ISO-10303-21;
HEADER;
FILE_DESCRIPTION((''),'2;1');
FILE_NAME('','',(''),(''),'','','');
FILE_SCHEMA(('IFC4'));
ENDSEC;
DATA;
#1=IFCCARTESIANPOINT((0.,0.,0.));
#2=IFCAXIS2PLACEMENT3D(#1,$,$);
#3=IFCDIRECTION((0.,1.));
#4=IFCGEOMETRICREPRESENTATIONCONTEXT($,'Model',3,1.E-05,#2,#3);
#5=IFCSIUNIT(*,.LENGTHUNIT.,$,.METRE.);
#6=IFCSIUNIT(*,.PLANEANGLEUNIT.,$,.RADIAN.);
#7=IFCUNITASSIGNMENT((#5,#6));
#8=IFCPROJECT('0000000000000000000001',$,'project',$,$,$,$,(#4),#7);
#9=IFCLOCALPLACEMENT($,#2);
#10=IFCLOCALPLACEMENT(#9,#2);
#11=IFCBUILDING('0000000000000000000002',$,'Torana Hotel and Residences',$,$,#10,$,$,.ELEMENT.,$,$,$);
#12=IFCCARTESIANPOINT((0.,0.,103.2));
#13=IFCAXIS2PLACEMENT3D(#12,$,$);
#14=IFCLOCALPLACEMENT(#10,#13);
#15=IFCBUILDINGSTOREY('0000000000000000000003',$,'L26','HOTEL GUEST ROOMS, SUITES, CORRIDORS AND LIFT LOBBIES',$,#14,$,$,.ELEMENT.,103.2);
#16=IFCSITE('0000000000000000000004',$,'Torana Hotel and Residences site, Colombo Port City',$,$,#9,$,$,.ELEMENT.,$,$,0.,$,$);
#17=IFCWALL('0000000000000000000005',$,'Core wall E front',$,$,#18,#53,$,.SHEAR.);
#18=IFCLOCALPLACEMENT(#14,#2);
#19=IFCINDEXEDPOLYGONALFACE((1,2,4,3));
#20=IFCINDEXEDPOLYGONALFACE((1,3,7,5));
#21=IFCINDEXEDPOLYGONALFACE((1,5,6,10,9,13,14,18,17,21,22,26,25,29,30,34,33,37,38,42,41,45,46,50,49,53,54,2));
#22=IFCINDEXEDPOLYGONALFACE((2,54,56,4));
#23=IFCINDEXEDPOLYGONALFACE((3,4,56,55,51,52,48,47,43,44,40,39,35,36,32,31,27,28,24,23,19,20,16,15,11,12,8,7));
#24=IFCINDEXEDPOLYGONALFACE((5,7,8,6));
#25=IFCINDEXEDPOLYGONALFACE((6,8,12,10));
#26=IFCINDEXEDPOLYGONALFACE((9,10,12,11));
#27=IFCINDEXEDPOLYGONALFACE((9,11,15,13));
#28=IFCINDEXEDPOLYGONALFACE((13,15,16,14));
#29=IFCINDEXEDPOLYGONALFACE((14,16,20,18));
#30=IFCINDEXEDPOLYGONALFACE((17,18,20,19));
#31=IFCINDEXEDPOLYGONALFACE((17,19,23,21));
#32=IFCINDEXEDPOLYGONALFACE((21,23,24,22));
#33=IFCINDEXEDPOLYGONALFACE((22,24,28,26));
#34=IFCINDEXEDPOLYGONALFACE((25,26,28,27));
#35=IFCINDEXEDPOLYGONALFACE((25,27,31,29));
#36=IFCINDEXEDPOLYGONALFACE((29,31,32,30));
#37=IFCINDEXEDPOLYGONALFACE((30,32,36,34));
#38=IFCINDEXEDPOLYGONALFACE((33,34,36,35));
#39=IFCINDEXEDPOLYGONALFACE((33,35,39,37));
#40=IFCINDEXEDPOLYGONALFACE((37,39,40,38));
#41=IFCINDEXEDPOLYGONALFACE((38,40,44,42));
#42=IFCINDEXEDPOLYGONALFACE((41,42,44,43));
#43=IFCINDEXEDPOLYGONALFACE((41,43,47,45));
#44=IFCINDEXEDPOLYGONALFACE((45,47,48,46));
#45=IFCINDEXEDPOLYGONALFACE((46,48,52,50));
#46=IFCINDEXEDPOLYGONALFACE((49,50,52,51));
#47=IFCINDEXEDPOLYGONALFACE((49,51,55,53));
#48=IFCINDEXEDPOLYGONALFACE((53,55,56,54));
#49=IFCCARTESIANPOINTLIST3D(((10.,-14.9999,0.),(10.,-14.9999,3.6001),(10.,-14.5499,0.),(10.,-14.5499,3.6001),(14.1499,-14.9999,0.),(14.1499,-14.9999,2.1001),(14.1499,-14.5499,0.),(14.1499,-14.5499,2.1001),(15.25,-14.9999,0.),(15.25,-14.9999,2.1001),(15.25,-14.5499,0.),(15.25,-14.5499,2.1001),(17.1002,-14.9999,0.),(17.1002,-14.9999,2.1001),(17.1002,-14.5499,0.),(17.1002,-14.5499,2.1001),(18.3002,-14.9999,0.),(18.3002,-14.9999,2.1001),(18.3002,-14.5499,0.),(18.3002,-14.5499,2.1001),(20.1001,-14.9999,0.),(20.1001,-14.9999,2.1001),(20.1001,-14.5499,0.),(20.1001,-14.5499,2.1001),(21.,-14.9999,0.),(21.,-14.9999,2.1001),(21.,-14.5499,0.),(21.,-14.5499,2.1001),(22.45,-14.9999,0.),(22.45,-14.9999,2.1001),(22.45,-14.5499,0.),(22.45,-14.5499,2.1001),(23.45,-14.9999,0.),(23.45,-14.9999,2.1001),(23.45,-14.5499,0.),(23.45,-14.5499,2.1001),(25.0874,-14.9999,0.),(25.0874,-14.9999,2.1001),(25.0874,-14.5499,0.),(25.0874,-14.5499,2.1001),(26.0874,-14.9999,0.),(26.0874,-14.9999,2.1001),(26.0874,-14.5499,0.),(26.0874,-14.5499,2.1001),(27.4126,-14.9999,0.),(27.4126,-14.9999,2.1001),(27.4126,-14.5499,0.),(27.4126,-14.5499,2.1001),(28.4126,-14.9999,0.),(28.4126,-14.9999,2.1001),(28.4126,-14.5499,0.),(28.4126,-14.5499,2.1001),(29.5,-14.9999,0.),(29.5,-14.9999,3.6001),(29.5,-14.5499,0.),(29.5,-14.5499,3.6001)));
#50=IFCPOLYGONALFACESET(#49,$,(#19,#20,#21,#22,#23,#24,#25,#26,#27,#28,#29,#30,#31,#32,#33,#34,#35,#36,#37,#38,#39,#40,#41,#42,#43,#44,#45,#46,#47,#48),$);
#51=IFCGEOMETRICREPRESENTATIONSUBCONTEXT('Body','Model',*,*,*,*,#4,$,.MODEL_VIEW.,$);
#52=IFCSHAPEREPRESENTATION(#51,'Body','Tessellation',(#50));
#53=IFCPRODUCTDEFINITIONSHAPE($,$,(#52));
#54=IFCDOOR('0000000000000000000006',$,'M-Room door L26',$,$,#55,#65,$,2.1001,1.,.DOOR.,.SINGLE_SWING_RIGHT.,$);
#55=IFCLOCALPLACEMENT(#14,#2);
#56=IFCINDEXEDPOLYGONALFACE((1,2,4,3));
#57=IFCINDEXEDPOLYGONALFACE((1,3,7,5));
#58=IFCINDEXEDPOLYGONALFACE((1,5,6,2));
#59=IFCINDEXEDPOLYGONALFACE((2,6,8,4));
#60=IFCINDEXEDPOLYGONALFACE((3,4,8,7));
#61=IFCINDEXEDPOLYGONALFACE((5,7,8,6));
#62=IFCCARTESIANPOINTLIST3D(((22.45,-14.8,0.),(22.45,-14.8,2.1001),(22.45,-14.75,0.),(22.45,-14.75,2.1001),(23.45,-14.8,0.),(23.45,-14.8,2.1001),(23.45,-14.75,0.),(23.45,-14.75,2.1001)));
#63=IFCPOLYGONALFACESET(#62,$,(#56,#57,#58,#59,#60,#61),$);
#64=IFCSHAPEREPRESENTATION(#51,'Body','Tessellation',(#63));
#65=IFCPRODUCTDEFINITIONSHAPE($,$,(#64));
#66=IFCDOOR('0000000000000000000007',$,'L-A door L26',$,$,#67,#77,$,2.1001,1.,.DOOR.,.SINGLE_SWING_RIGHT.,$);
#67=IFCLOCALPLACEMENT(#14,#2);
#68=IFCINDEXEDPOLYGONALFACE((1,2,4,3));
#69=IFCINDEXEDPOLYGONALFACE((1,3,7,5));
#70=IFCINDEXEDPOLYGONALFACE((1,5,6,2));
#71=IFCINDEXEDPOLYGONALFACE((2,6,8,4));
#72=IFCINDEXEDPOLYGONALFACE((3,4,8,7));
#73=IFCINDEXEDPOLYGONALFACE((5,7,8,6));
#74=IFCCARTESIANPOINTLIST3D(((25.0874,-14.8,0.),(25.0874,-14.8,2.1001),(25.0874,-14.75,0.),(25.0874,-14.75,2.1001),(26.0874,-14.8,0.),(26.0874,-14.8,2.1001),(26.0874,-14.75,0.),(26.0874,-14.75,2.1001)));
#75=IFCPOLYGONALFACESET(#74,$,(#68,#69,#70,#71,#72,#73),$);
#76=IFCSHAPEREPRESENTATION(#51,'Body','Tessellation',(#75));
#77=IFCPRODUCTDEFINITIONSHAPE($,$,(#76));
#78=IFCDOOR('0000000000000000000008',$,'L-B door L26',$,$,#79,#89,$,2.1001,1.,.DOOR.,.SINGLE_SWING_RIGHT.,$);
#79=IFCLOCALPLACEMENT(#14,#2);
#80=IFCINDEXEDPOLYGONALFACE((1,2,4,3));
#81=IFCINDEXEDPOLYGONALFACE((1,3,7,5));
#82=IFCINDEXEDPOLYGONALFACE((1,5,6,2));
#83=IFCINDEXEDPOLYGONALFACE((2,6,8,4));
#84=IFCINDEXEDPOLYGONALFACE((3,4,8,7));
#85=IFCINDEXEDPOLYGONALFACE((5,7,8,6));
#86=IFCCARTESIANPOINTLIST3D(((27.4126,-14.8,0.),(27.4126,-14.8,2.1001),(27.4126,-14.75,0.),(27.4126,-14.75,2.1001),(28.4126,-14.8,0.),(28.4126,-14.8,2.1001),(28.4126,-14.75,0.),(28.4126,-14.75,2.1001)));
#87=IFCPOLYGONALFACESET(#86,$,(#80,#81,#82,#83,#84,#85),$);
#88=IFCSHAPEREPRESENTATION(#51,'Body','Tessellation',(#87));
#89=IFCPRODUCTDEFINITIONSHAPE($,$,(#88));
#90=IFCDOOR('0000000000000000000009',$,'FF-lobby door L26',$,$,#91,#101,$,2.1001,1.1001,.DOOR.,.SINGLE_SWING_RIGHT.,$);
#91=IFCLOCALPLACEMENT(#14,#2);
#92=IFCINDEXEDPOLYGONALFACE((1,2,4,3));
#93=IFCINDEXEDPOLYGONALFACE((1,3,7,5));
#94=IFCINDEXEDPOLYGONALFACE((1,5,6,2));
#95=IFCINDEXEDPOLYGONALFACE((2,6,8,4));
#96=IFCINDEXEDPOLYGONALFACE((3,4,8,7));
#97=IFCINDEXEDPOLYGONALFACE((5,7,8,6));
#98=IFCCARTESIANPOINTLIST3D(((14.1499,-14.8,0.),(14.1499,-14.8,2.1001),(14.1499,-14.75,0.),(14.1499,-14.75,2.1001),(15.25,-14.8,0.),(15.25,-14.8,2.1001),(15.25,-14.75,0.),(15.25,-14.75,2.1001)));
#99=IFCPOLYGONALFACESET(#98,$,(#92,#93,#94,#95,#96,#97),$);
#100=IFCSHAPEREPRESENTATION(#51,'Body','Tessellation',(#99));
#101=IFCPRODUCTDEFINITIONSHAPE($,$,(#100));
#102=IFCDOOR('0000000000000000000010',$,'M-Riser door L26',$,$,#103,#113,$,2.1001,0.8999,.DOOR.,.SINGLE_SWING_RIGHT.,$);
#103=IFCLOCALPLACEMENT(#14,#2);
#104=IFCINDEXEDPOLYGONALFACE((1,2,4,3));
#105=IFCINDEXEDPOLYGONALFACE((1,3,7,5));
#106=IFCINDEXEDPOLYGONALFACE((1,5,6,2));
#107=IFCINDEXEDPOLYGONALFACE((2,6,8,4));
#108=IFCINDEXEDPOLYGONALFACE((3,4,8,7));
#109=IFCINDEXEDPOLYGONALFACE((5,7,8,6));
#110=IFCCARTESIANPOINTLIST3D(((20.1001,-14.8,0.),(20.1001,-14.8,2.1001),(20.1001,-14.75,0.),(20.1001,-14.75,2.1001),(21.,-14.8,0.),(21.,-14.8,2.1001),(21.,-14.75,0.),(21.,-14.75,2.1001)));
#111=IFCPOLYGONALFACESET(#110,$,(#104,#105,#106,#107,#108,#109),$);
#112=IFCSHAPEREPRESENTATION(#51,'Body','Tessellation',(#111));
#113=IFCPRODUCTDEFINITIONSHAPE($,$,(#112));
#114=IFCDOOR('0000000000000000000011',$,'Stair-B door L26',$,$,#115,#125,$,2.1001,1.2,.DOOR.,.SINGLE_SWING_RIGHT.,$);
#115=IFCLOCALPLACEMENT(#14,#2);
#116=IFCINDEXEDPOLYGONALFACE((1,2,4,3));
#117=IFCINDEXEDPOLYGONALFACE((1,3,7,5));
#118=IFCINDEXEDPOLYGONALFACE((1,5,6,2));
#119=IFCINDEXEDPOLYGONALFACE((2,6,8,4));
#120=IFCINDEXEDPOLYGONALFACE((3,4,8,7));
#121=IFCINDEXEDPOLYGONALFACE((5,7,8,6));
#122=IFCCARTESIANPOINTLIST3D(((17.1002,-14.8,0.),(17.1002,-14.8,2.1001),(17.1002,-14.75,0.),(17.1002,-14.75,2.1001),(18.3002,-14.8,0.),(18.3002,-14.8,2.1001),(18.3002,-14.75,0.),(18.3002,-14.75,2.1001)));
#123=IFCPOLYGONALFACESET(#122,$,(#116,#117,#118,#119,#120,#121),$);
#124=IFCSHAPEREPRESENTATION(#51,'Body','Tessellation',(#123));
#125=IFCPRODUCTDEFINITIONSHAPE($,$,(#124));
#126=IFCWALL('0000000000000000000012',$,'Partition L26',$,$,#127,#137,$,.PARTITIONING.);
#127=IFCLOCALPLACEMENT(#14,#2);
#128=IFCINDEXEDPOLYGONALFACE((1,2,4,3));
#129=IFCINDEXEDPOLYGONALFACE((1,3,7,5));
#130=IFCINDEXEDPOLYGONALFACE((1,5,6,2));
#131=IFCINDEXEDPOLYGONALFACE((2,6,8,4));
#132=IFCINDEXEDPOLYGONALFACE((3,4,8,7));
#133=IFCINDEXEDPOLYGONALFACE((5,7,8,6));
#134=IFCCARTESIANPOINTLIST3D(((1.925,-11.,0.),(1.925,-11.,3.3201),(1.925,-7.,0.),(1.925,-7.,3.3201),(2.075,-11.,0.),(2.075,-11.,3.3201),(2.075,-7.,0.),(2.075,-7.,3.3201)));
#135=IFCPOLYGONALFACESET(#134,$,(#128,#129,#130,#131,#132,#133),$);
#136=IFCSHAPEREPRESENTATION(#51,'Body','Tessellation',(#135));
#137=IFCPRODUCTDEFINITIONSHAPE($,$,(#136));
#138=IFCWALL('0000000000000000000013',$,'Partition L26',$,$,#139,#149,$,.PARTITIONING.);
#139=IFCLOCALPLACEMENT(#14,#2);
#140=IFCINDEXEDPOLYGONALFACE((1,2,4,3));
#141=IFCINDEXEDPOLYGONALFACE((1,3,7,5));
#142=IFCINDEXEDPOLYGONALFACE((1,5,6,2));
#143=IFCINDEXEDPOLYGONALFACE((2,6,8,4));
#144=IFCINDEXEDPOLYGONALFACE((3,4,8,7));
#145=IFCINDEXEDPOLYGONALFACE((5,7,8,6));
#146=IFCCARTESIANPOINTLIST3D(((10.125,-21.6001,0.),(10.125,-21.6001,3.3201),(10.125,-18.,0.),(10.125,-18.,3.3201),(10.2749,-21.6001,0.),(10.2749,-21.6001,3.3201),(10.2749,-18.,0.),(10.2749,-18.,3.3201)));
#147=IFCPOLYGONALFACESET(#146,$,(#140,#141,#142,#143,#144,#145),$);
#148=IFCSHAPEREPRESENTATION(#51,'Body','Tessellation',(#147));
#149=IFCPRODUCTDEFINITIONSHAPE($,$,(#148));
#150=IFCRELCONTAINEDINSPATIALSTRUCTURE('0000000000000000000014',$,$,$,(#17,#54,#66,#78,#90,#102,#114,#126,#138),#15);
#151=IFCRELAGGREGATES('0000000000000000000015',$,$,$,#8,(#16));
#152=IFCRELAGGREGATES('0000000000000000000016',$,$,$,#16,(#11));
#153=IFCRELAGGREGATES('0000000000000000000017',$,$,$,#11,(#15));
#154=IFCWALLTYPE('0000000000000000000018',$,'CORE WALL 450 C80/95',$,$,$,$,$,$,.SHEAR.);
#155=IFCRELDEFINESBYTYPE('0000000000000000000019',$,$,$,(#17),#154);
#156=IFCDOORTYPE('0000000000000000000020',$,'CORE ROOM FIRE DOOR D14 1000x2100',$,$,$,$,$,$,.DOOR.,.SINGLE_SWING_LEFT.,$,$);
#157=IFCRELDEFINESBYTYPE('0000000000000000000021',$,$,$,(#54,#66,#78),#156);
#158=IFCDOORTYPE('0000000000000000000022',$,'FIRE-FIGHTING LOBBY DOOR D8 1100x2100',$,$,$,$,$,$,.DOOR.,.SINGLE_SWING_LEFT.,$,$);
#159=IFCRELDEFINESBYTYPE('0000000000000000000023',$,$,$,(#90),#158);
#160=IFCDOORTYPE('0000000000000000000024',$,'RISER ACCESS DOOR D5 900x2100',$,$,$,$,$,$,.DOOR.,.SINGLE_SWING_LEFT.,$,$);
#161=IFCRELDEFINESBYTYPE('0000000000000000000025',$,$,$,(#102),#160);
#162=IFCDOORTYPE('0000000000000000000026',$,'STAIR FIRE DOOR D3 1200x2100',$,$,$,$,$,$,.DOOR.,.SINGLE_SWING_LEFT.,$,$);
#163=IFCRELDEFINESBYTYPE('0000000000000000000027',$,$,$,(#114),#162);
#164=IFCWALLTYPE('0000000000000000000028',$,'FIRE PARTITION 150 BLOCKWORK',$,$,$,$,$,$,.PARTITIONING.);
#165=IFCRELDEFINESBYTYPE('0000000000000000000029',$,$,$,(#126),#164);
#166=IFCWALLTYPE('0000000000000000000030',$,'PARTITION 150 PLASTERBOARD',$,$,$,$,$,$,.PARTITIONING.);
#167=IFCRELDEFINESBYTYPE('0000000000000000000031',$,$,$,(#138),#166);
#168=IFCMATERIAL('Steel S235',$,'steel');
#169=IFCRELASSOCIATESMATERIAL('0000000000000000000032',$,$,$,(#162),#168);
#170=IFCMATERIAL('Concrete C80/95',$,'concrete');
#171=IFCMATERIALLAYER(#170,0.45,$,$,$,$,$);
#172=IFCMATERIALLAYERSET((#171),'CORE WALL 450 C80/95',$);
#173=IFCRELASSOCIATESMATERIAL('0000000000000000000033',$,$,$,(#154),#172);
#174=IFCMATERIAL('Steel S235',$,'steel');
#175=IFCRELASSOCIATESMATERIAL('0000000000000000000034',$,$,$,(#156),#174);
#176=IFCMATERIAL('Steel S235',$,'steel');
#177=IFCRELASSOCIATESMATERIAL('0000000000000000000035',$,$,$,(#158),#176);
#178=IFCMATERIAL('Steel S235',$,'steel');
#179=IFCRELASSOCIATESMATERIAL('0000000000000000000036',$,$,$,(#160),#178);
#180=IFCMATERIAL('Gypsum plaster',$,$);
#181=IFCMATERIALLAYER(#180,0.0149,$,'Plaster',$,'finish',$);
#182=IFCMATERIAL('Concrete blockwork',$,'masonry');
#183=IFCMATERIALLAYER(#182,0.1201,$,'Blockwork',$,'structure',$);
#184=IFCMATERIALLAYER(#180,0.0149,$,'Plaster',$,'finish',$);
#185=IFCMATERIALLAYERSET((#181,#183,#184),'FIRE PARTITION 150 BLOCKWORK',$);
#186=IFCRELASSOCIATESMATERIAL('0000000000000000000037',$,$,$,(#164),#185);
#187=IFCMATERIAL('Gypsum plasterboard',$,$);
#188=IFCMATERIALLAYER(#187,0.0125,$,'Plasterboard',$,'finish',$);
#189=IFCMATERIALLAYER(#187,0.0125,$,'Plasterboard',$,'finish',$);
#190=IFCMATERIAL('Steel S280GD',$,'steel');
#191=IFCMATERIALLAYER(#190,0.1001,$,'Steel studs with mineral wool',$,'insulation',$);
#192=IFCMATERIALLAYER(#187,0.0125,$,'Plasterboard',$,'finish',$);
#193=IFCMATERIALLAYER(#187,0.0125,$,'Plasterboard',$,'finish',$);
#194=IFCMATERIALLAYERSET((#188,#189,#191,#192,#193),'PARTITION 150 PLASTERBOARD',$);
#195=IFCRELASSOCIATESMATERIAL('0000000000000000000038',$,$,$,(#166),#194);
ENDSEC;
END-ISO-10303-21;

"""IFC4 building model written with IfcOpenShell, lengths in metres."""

from ifc_helpers import new_model, si_unit, direction, frame, frame_2d, origin, place, context, subcontext, project, spatial, rectangle, extrude, material, layer, layer_set, type_object, element, fill, save


model = new_model("IFC4")

# Units and contexts
model_context = context("Model", 3, precision=1e-05, world=origin(), true_north=direction((0.0, 1.0)))
body_context = subcontext(model_context, "Body", "Model", "MODEL_VIEW")
ifc_project = project(units=[si_unit("LENGTHUNIT", "METRE"), si_unit("PLANEANGLEUNIT", "RADIAN")], contexts=[model_context])

# Site, building, storey
site_placement = place(None, origin())
site = spatial("IfcSite", under=ifc_project, at=site_placement, Name="Torana Hotel and Residences site, Colombo Port City", CompositionType="ELEMENT", RefElevation=0.0)
building_placement = place(site_placement, origin())
building = spatial("IfcBuilding", under=site, at=building_placement, Name="Torana Hotel and Residences", CompositionType="ELEMENT")
storey_placement = place(building_placement, frame((0.0, 0.0, 103.2)))
storey = spatial("IfcBuildingStorey", under=building, at=storey_placement, Name="L26", Description="HOTEL GUEST ROOMS, SUITES, CORRIDORS AND LIFT LOBBIES", CompositionType="ELEMENT", Elevation=103.2)

# Wall, openings, doors
ifc_material_1 = material(Name="Steel S235", Category="steel")
door_type_1 = type_object("IfcDoorType", Name="STAIR FIRE DOOR D3 1200x2100", OperationType="SINGLE_SWING_LEFT", PredefinedType="DOOR", material=ifc_material_1)
ifc_material_2 = material(Name="Concrete C80/95", Category="concrete")
ifc_layer_1 = layer(ifc_material_2, 0.45)
ifc_layer_set_1 = layer_set([ifc_layer_1], Name="CORE WALL 450 C80/95")
wall_type_1 = type_object("IfcWallType", Name="CORE WALL 450 C80/95", PredefinedType="SHEAR", material=ifc_layer_set_1)
wall_1_placement = place(storey_placement, frame((10.0, -14.7749, 0.0), z_axis=(0.0, 0.0, 1.0), x_axis=(1.0, 0.0, 0.0)))
wall_1 = element("IfcWall", 1, at=wall_1_placement, inside=storey, type_object=wall_type_1, Name="Core wall E front", PredefinedType="SHEAR", context=body_context, shape_type="SweptSolid", body=[
    extrude(rectangle(XDim=19.5, YDim=0.45, at=frame_2d((9.75, 0.0))), origin(), (0.0, 0.0, 1.0), 3.6001),
])
opening_1_placement = place(wall_1_placement, frame((7.1001, 0.0, 0.0)))
opening_1 = element("IfcOpeningElement", 2, at=opening_1_placement, cuts=wall_1, PredefinedType="OPENING", context=body_context, shape_type="SweptSolid", body=[
    extrude(rectangle(XDim=1.2, YDim=2.1001, at=frame_2d((0.6001, 1.05))), frame((0.0, 0.2349, 0.0), z_axis=(0.0, -1.0, 0.0), x_axis=(1.0, 0.0, 0.0)), (0.0, 0.0, 1.0), 0.47),
])
opening_2_placement = place(wall_1_placement, frame((4.1499, 0.0, 0.0)))
opening_2 = element("IfcOpeningElement", 3, at=opening_2_placement, cuts=wall_1, PredefinedType="OPENING", context=body_context, shape_type="SweptSolid", body=[
    extrude(rectangle(XDim=1.1001, YDim=2.1001, at=frame_2d((0.55, 1.05))), frame((0.0, 0.2349, 0.0), z_axis=(0.0, -1.0, 0.0), x_axis=(1.0, 0.0, 0.0)), (0.0, 0.0, 1.0), 0.47),
])
opening_3_placement = place(wall_1_placement, frame((10.1001, 0.0, 0.0)))
opening_3 = element("IfcOpeningElement", 4, at=opening_3_placement, cuts=wall_1, PredefinedType="OPENING", context=body_context, shape_type="SweptSolid", body=[
    extrude(rectangle(XDim=0.8999, YDim=2.1001, at=frame_2d((0.45, 1.05))), frame((0.0, 0.2349, 0.0), z_axis=(0.0, -1.0, 0.0), x_axis=(1.0, 0.0, 0.0)), (0.0, 0.0, 1.0), 0.47),
])
opening_4_placement = place(wall_1_placement, frame((12.45, 0.0, 0.0)))
opening_4 = element("IfcOpeningElement", 5, at=opening_4_placement, cuts=wall_1, PredefinedType="OPENING", context=body_context, shape_type="SweptSolid", body=[
    extrude(rectangle(XDim=1.0, YDim=2.1001, at=frame_2d((0.5, 1.05))), frame((0.0, 0.2349, 0.0), z_axis=(0.0, -1.0, 0.0), x_axis=(1.0, 0.0, 0.0)), (0.0, 0.0, 1.0), 0.47),
])
opening_5_placement = place(wall_1_placement, frame((15.0874, 0.0, 0.0)))
opening_5 = element("IfcOpeningElement", 6, at=opening_5_placement, cuts=wall_1, PredefinedType="OPENING", context=body_context, shape_type="SweptSolid", body=[
    extrude(rectangle(XDim=1.0, YDim=2.1001, at=frame_2d((0.5, 1.05))), frame((0.0, 0.2349, 0.0), z_axis=(0.0, -1.0, 0.0), x_axis=(1.0, 0.0, 0.0)), (0.0, 0.0, 1.0), 0.47),
])
opening_6_placement = place(wall_1_placement, frame((17.4126, 0.0, 0.0)))
opening_6 = element("IfcOpeningElement", 7, at=opening_6_placement, cuts=wall_1, PredefinedType="OPENING", context=body_context, shape_type="SweptSolid", body=[
    extrude(rectangle(XDim=1.0, YDim=2.1001, at=frame_2d((0.5, 1.05))), frame((0.0, 0.2349, 0.0), z_axis=(0.0, -1.0, 0.0), x_axis=(1.0, 0.0, 0.0)), (0.0, 0.0, 1.0), 0.47),
])
ifc_material_3 = material(Name="Steel S235", Category="steel")
door_type_2 = type_object("IfcDoorType", Name="CORE ROOM FIRE DOOR D14 1000x2100", OperationType="SINGLE_SWING_LEFT", PredefinedType="DOOR", material=ifc_material_3)
door_1_placement = place(opening_4_placement, origin())
door_1 = element("IfcDoor", 8, at=door_1_placement, inside=storey, type_object=door_type_2, Name="M-Room door L26", OperationType="SINGLE_SWING_RIGHT", OverallHeight=2.1001, OverallWidth=1.0, PredefinedType="DOOR", context=body_context, shape_type="SweptSolid", body=[
    extrude(rectangle(XDim=1.0, YDim=2.1001, at=frame_2d((0.5, 1.05))), frame((0.0, 0.0249, 0.0), z_axis=(0.0, -1.0, 0.0), x_axis=(1.0, 0.0, 0.0)), (0.0, 0.0, 1.0), 0.05),
])
fill(opening_4, door_1)
door_2_placement = place(opening_5_placement, origin())
door_2 = element("IfcDoor", 9, at=door_2_placement, inside=storey, type_object=door_type_2, Name="L-A door L26", OperationType="SINGLE_SWING_RIGHT", OverallHeight=2.1001, OverallWidth=1.0, PredefinedType="DOOR", context=body_context, shape_type="SweptSolid", body=[
    extrude(rectangle(XDim=1.0, YDim=2.1001, at=frame_2d((0.5, 1.05))), frame((0.0, 0.0249, 0.0), z_axis=(0.0, -1.0, 0.0), x_axis=(1.0, 0.0, 0.0)), (0.0, 0.0, 1.0), 0.05),
])
fill(opening_5, door_2)
door_3_placement = place(opening_6_placement, origin())
door_3 = element("IfcDoor", 10, at=door_3_placement, inside=storey, type_object=door_type_2, Name="L-B door L26", OperationType="SINGLE_SWING_RIGHT", OverallHeight=2.1001, OverallWidth=1.0, PredefinedType="DOOR", context=body_context, shape_type="SweptSolid", body=[
    extrude(rectangle(XDim=1.0, YDim=2.1001, at=frame_2d((0.5, 1.05))), frame((0.0, 0.0249, 0.0), z_axis=(0.0, -1.0, 0.0), x_axis=(1.0, 0.0, 0.0)), (0.0, 0.0, 1.0), 0.05),
])
fill(opening_6, door_3)
ifc_material_4 = material(Name="Steel S235", Category="steel")
door_type_3 = type_object("IfcDoorType", Name="FIRE-FIGHTING LOBBY DOOR D8 1100x2100", OperationType="SINGLE_SWING_LEFT", PredefinedType="DOOR", material=ifc_material_4)
door_4_placement = place(opening_2_placement, origin())
door_4 = element("IfcDoor", 11, at=door_4_placement, inside=storey, type_object=door_type_3, Name="FF-lobby door L26", OperationType="SINGLE_SWING_RIGHT", OverallHeight=2.1001, OverallWidth=1.1001, PredefinedType="DOOR", context=body_context, shape_type="SweptSolid", body=[
    extrude(rectangle(XDim=1.1001, YDim=2.1001, at=frame_2d((0.55, 1.05))), frame((0.0, 0.0249, 0.0), z_axis=(0.0, -1.0, 0.0), x_axis=(1.0, 0.0, 0.0)), (0.0, 0.0, 1.0), 0.05),
])
fill(opening_2, door_4)
ifc_material_5 = material(Name="Steel S235", Category="steel")
door_type_4 = type_object("IfcDoorType", Name="RISER ACCESS DOOR D5 900x2100", OperationType="SINGLE_SWING_LEFT", PredefinedType="DOOR", material=ifc_material_5)
door_5_placement = place(opening_3_placement, origin())
door_5 = element("IfcDoor", 12, at=door_5_placement, inside=storey, type_object=door_type_4, Name="M-Riser door L26", OperationType="SINGLE_SWING_RIGHT", OverallHeight=2.1001, OverallWidth=0.8999, PredefinedType="DOOR", context=body_context, shape_type="SweptSolid", body=[
    extrude(rectangle(XDim=0.8999, YDim=2.1001, at=frame_2d((0.45, 1.05))), frame((0.0, 0.0249, 0.0), z_axis=(0.0, -1.0, 0.0), x_axis=(1.0, 0.0, 0.0)), (0.0, 0.0, 1.0), 0.05),
])
fill(opening_3, door_5)
door_6_placement = place(opening_1_placement, origin())
door_6 = element("IfcDoor", 13, at=door_6_placement, inside=storey, type_object=door_type_1, Name="Stair-B door L26", OperationType="SINGLE_SWING_RIGHT", OverallHeight=2.1001, OverallWidth=1.2, PredefinedType="DOOR", context=body_context, shape_type="SweptSolid", body=[
    extrude(rectangle(XDim=1.2, YDim=2.1001, at=frame_2d((0.6001, 1.05))), frame((0.0, 0.0249, 0.0), z_axis=(0.0, -1.0, 0.0), x_axis=(1.0, 0.0, 0.0)), (0.0, 0.0, 1.0), 0.05),
])
fill(opening_1, door_6)

# Walls
ifc_material_6 = material(Name="Gypsum plaster")
ifc_layer_2 = layer(ifc_material_6, 0.0149, Name="Plaster", Category="finish")
ifc_material_7 = material(Name="Concrete blockwork", Category="masonry")
ifc_layer_3 = layer(ifc_material_7, 0.1201, Name="Blockwork", Category="structure")
ifc_layer_4 = layer(ifc_material_6, 0.0149, Name="Plaster", Category="finish")
ifc_layer_set_2 = layer_set([ifc_layer_2, ifc_layer_3, ifc_layer_4], Name="FIRE PARTITION 150 BLOCKWORK")
wall_type_2 = type_object("IfcWallType", Name="FIRE PARTITION 150 BLOCKWORK", PredefinedType="PARTITIONING", material=ifc_layer_set_2)
wall_2_placement = place(storey_placement, frame((2.0, -11.0, 0.0), z_axis=(0.0, 0.0, 1.0), x_axis=(0.0, 1.0, 0.0)))
element("IfcWall", 14, at=wall_2_placement, inside=storey, type_object=wall_type_2, Name="Partition L26", PredefinedType="PARTITIONING", context=body_context, shape_type="SweptSolid", body=[
    extrude(rectangle(XDim=4.0, YDim=0.1499, at=frame_2d((2.0, 0.0))), origin(), (0.0, 0.0, 1.0), 3.3201),
])
ifc_material_8 = material(Name="Gypsum plasterboard")
ifc_layer_5 = layer(ifc_material_8, 0.0125, Name="Plasterboard", Category="finish")
ifc_layer_6 = layer(ifc_material_8, 0.0125, Name="Plasterboard", Category="finish")
ifc_material_9 = material(Name="Steel S280GD", Category="steel")
ifc_layer_7 = layer(ifc_material_9, 0.1001, Name="Steel studs with mineral wool", Category="insulation")
ifc_layer_8 = layer(ifc_material_8, 0.0125, Name="Plasterboard", Category="finish")
ifc_layer_9 = layer(ifc_material_8, 0.0125, Name="Plasterboard", Category="finish")
ifc_layer_set_3 = layer_set([ifc_layer_5, ifc_layer_6, ifc_layer_7, ifc_layer_8, ifc_layer_9], Name="PARTITION 150 PLASTERBOARD")
wall_type_3 = type_object("IfcWallType", Name="PARTITION 150 PLASTERBOARD", PredefinedType="PARTITIONING", material=ifc_layer_set_3)
for number, where, z_axis, x_axis, name in (
    (15, (10.2, -21.6001, 0.0), (0.0, 0.0, 1.0), (0.0, 1.0, 0.0), "Partition L26"),
):
    element("IfcWall", number, at=place(storey_placement, frame(where, z_axis=z_axis, x_axis=x_axis)), inside=storey, type_object=wall_type_3, Name=name, PredefinedType="PARTITIONING", context=body_context, shape_type="SweptSolid", body=[
        extrude(rectangle(XDim=3.6001, YDim=0.1499, at=frame_2d((1.8, 0.0))), origin(), (0.0, 0.0, 1.0), 3.3201),
    ])

save(model, "model.ifc")
